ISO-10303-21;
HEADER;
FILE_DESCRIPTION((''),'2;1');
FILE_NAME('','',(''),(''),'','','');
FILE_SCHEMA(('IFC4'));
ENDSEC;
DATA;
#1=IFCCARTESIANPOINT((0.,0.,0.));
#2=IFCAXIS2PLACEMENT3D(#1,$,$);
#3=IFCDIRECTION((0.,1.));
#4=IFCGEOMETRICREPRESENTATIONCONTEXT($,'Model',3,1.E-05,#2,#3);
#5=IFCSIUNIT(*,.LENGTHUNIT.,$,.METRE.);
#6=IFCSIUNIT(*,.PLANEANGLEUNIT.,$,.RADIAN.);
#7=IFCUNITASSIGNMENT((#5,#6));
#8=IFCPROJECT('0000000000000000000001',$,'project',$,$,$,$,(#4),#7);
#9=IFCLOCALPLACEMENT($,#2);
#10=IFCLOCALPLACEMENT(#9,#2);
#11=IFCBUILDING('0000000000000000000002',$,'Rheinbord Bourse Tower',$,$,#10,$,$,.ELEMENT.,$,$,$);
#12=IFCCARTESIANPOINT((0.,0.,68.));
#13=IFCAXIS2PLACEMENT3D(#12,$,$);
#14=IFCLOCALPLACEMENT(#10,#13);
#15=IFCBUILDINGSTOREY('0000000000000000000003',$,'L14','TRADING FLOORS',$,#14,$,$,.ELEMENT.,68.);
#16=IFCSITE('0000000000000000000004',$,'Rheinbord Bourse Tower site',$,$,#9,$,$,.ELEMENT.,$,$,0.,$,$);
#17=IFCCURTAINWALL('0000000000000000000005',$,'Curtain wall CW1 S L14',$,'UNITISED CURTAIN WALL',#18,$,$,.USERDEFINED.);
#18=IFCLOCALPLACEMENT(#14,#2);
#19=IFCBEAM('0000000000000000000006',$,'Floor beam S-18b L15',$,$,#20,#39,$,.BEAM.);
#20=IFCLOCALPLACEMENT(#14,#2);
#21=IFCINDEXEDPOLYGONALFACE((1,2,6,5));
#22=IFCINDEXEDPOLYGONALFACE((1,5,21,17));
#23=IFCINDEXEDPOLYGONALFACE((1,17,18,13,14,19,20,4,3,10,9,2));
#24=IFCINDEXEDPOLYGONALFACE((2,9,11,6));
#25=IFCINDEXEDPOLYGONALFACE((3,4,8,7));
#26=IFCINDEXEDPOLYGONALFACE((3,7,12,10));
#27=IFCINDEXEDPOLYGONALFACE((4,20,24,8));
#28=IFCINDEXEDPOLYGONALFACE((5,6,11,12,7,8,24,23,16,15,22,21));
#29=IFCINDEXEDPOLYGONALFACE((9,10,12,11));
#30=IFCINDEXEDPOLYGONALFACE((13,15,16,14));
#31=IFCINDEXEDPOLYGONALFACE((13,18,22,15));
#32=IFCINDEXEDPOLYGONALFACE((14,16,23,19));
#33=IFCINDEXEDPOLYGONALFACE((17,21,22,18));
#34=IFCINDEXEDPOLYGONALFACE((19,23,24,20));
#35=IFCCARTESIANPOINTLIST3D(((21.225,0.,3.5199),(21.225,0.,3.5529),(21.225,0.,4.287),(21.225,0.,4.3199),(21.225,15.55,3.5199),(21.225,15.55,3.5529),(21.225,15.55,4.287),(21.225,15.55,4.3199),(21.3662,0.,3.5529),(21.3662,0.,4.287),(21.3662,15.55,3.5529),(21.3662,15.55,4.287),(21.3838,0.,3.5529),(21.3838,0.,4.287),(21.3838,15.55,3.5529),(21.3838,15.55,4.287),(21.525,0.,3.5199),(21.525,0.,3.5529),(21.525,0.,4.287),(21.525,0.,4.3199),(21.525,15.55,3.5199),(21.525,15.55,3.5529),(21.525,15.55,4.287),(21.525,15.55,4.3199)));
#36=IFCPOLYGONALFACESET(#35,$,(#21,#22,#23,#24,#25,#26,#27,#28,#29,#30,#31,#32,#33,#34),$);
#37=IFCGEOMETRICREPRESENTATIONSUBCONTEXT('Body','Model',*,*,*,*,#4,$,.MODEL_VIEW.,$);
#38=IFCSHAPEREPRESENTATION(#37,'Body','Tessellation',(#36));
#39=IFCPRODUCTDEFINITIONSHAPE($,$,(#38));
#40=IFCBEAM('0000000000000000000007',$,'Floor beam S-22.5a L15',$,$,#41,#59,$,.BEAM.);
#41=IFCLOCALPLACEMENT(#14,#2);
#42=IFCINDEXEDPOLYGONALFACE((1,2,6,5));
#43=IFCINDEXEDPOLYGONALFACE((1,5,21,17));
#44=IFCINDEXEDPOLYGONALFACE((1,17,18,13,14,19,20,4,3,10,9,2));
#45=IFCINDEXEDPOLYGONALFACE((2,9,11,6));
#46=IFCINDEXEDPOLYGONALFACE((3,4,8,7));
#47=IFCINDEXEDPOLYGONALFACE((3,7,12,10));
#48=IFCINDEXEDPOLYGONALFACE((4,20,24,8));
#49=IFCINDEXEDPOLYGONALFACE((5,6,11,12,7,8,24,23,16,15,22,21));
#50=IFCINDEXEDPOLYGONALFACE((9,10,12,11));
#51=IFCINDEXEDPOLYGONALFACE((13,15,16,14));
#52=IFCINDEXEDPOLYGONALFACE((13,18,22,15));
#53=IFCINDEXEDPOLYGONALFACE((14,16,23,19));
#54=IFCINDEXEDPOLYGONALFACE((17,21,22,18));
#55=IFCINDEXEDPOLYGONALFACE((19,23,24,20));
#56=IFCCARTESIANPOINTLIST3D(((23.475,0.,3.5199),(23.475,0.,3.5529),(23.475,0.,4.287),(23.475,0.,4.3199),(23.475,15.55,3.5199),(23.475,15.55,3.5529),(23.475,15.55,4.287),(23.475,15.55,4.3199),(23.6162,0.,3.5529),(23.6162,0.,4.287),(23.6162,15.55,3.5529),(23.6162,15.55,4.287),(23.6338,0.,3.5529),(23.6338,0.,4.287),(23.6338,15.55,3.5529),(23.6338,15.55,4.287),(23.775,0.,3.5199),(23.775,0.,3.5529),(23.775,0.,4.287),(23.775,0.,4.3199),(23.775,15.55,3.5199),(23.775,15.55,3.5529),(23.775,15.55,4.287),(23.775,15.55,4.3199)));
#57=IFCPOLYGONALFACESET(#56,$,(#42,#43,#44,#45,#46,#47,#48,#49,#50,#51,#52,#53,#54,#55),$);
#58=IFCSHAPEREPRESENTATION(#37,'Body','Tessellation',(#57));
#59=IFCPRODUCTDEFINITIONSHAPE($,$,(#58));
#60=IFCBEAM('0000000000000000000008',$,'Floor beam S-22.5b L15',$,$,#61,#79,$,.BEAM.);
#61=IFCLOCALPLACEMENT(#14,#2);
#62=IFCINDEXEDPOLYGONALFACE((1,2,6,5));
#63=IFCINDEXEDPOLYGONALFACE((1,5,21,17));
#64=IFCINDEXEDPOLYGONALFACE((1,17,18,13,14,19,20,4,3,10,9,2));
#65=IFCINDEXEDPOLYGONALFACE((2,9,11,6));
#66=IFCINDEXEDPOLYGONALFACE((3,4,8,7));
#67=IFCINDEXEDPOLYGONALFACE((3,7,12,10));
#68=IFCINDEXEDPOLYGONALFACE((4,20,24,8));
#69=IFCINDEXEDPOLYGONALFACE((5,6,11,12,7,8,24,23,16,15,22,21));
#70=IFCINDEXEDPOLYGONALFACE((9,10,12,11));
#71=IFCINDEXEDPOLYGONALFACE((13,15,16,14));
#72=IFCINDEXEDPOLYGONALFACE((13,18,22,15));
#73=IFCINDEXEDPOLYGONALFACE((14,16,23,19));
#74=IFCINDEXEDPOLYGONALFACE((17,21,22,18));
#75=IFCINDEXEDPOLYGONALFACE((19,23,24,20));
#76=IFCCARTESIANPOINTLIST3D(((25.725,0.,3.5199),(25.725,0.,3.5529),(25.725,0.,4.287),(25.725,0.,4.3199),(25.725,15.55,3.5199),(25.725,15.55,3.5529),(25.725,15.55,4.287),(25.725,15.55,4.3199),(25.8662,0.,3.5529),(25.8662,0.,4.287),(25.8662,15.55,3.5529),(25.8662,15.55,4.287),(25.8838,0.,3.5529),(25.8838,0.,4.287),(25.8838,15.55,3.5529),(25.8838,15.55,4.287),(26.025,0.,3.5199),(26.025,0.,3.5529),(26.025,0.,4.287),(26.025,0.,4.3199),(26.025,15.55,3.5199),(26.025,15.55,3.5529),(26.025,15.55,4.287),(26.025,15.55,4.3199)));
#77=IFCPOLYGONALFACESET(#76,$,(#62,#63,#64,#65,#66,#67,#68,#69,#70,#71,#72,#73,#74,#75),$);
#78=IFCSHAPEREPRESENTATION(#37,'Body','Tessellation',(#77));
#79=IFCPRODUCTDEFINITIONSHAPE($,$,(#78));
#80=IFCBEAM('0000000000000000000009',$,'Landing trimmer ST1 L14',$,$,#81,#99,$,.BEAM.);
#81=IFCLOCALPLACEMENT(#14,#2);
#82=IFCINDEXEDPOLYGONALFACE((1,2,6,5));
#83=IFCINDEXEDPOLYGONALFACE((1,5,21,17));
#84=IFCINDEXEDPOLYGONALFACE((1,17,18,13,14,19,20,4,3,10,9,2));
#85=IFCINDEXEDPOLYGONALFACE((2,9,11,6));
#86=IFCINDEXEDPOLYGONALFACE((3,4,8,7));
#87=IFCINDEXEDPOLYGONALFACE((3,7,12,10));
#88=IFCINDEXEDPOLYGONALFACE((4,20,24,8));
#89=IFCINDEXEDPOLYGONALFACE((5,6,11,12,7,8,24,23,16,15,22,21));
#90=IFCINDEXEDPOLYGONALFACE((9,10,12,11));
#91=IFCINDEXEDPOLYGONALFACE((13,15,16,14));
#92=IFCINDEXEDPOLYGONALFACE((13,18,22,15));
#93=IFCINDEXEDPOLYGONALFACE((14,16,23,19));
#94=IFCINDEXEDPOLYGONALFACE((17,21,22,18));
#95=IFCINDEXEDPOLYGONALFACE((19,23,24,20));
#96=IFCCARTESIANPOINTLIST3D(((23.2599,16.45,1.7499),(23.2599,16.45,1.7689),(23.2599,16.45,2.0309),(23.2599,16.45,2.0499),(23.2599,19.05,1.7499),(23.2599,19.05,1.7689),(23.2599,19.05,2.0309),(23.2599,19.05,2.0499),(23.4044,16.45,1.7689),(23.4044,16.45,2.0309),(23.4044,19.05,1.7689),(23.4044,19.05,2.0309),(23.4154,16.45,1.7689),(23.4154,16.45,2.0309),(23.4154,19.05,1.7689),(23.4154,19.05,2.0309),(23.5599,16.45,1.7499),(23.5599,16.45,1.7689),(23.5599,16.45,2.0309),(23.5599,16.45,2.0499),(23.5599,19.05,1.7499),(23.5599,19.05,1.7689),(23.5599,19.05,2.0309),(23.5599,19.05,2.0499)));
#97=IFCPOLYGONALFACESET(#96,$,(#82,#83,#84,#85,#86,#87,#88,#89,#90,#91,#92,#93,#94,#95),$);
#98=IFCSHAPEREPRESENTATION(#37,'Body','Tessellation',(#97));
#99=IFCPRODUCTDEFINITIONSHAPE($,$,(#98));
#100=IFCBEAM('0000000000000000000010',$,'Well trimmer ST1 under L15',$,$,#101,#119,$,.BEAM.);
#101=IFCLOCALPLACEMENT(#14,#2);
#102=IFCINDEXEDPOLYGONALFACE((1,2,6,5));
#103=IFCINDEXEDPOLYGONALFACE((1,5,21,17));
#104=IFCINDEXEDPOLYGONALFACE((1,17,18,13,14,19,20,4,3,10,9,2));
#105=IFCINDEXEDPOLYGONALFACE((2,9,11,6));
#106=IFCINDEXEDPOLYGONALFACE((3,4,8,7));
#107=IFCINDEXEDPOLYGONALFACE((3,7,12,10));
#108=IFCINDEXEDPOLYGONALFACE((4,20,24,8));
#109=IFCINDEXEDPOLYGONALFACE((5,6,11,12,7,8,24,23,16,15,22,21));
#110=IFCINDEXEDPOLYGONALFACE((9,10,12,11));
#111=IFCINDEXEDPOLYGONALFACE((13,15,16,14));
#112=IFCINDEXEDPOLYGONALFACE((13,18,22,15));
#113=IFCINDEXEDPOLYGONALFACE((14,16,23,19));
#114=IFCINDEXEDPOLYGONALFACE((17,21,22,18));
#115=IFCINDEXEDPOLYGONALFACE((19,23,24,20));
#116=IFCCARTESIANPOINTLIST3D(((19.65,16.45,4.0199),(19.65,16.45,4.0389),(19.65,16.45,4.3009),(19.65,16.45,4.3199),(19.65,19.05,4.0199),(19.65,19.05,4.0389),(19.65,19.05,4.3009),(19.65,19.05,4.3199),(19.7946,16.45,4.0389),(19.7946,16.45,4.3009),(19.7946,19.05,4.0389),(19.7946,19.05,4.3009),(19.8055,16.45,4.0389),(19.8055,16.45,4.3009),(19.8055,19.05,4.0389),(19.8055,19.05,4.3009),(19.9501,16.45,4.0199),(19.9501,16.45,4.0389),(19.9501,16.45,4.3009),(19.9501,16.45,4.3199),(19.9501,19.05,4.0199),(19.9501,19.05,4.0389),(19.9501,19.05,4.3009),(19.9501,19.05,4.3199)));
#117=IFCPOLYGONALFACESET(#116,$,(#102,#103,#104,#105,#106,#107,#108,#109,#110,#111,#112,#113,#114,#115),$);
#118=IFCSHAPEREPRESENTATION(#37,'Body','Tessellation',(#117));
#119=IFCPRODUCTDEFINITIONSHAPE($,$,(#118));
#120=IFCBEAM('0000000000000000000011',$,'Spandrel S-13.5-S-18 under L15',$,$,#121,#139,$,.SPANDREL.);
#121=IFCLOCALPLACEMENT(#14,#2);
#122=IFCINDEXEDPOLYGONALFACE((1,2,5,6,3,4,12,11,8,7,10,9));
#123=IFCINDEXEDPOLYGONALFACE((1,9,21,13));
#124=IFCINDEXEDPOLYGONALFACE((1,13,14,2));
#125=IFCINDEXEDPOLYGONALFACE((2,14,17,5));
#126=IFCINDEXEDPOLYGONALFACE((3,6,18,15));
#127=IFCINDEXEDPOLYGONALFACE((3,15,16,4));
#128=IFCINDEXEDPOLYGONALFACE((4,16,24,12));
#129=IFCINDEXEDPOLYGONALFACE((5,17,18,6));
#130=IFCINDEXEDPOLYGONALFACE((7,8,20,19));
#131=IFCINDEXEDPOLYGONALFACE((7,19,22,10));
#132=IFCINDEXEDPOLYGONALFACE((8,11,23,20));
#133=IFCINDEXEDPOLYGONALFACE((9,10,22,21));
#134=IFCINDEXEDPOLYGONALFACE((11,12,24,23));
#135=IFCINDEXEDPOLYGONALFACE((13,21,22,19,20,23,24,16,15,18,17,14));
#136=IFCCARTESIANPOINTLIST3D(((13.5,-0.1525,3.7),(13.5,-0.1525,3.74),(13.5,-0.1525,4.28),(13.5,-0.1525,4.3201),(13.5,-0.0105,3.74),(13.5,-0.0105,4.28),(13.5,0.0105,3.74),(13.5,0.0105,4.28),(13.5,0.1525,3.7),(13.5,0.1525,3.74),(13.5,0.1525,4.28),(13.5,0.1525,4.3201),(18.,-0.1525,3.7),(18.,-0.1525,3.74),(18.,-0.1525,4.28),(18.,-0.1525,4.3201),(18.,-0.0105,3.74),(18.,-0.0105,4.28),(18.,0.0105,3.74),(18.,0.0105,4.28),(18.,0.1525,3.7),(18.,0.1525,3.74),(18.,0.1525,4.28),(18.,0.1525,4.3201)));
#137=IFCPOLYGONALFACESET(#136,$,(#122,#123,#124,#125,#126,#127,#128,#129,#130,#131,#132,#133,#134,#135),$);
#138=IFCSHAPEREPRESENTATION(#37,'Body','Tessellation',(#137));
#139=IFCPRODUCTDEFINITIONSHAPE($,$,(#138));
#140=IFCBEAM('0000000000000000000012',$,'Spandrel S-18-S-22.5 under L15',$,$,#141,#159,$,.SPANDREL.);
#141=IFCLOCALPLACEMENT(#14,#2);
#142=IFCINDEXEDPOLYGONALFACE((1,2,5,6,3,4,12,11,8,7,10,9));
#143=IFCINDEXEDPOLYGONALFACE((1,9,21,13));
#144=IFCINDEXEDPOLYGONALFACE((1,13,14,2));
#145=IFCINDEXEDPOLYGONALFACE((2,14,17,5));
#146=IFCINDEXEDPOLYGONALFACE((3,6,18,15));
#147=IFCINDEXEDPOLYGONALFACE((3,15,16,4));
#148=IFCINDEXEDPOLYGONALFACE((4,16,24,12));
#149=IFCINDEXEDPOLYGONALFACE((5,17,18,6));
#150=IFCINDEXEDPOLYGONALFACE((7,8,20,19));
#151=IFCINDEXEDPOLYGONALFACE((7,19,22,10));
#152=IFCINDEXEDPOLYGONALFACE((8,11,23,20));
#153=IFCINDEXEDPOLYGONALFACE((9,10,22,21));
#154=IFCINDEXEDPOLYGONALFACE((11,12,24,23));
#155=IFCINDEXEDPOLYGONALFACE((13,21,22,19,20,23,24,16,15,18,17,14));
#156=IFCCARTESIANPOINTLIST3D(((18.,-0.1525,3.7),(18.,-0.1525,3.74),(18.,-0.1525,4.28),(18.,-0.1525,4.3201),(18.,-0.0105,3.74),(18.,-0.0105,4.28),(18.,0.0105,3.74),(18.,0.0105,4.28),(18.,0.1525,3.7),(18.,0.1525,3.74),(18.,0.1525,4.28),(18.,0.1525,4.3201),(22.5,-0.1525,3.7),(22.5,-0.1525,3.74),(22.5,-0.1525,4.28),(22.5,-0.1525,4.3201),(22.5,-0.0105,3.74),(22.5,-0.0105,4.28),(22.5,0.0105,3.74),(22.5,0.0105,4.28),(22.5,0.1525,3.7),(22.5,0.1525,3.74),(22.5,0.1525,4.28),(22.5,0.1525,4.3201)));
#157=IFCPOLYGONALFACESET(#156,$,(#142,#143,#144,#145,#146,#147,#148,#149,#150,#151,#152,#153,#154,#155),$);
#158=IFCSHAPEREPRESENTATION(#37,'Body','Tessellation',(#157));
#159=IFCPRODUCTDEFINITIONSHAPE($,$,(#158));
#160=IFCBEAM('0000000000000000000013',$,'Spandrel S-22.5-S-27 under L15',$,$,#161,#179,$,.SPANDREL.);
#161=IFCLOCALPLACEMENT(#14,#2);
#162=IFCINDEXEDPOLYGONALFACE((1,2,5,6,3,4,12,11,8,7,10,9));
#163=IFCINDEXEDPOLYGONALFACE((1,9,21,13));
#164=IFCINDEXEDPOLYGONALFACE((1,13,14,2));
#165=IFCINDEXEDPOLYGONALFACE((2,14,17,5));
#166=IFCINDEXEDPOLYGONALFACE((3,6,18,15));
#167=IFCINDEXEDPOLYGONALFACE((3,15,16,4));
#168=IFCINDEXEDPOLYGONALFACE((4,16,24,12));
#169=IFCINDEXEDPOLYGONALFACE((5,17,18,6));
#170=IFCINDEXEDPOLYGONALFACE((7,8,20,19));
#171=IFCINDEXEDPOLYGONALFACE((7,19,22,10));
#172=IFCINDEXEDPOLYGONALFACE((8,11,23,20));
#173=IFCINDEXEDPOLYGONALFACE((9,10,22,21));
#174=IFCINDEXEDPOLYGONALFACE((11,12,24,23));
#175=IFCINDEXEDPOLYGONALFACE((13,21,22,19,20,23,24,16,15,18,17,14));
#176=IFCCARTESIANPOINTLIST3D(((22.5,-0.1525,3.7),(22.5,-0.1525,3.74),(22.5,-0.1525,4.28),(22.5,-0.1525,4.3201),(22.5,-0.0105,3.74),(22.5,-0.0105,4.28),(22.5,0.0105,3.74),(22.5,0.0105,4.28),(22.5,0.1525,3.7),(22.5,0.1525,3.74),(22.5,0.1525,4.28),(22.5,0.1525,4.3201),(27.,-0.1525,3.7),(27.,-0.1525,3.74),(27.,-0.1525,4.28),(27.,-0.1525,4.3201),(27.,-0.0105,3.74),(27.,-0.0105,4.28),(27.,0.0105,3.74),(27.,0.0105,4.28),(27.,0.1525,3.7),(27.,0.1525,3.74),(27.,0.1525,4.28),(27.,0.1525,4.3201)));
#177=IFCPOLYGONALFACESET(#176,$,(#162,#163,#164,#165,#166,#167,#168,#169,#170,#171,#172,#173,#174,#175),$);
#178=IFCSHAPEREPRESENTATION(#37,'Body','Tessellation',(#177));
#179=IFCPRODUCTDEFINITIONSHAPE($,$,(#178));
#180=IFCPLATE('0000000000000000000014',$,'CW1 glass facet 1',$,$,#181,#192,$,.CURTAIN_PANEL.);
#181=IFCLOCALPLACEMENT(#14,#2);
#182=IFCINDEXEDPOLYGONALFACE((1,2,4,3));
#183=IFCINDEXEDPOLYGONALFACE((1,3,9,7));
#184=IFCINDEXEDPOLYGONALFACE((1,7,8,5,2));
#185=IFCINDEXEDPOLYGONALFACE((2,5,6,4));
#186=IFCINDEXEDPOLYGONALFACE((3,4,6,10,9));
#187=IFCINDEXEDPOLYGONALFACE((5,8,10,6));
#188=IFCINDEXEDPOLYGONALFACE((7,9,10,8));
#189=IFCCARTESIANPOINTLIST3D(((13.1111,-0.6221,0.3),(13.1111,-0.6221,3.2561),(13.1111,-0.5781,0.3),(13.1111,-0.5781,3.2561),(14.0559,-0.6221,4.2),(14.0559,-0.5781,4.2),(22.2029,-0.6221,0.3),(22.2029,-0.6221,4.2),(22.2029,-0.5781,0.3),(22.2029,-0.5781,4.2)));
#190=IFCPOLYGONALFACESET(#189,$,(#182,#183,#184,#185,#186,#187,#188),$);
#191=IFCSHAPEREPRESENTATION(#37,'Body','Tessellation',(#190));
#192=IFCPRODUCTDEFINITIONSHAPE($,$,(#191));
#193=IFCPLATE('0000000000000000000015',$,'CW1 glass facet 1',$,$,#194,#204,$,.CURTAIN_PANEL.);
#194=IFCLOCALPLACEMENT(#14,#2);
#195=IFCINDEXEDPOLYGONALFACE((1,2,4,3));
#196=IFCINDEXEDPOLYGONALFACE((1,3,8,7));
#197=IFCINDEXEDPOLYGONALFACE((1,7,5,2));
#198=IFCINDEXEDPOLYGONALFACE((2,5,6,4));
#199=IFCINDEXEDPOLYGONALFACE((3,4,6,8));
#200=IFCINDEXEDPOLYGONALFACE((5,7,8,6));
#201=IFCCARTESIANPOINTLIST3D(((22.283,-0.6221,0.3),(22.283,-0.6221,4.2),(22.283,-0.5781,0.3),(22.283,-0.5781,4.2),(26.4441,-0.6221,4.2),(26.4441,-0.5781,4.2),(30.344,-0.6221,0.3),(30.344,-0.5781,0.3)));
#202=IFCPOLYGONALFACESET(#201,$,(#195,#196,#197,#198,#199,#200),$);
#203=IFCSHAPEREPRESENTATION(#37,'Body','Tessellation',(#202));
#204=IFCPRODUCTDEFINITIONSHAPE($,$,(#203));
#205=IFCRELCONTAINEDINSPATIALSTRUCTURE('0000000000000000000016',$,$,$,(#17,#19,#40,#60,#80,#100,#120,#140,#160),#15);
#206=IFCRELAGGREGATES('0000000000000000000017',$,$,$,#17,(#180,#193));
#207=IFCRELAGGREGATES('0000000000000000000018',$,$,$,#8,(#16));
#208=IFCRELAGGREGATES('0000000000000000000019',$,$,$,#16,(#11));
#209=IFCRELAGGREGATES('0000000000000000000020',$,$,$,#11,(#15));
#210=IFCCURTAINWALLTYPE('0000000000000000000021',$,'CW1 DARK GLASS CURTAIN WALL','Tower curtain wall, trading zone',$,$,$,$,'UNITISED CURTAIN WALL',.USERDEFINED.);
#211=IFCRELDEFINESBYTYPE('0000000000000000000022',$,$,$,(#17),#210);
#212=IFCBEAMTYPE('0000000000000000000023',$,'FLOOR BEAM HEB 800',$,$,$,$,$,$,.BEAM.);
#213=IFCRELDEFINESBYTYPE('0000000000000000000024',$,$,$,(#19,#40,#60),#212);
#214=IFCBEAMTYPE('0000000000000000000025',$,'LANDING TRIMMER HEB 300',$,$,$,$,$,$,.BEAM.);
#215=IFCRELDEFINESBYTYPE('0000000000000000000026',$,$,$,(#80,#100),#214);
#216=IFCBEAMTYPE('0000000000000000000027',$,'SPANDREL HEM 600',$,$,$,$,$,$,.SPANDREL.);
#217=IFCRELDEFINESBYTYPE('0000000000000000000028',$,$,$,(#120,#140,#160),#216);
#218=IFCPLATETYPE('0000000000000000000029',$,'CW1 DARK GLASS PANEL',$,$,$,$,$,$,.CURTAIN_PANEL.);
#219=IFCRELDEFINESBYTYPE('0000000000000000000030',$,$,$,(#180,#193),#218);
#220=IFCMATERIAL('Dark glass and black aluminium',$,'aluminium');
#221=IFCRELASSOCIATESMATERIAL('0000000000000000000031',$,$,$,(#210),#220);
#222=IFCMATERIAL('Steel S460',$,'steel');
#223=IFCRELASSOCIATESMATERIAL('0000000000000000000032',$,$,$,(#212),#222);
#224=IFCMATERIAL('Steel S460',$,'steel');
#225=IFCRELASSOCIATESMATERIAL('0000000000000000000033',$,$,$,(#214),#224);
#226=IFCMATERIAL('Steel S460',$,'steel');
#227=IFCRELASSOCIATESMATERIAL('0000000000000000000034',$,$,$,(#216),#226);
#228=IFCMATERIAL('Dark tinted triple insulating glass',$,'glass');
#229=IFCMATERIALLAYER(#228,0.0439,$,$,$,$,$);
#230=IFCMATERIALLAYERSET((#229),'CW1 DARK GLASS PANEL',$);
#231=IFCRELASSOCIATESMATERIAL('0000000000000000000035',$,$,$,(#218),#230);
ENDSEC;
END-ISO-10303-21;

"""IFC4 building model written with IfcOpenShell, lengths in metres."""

from ifc_helpers import new_model, si_unit, direction, frame, origin, origin_2d, place, context, subcontext, project, spatial, polyline, i_section, outline, extrude, material, layer, layer_set, material_profile, profile_set, type_object, element, aggregate, save


model = new_model("IFC4")

# Units and contexts
model_context = context("Model", 3, precision=1e-05, world=origin(), true_north=direction((0.0, 1.0)))
body_context = subcontext(model_context, "Body", "Model", "MODEL_VIEW")
ifc_project = project(units=[si_unit("LENGTHUNIT", "METRE"), si_unit("PLANEANGLEUNIT", "RADIAN")], contexts=[model_context])

# Site, building, storey
site_placement = place(None, origin())
site = spatial("IfcSite", under=ifc_project, at=site_placement, Name="Rheinbord Bourse Tower site", CompositionType="ELEMENT", RefElevation=0.0)
building_placement = place(site_placement, origin())
building = spatial("IfcBuilding", under=site, at=building_placement, Name="Rheinbord Bourse Tower", CompositionType="ELEMENT")
storey_placement = place(building_placement, frame((0.0, 0.0, 68.0)))
storey = spatial("IfcBuildingStorey", under=building, at=storey_placement, Name="L14", Description="TRADING FLOORS", CompositionType="ELEMENT", Elevation=68.0)

# Curtain wall
ifc_material_1 = material(Name="Dark glass and black aluminium", Category="aluminium")
curtain_wall_type = type_object("IfcCurtainWallType", Name="CW1 DARK GLASS CURTAIN WALL", Description="Tower curtain wall, trading zone", ElementType="UNITISED CURTAIN WALL", PredefinedType="USERDEFINED", material=ifc_material_1)
curtain_wall_placement = place(storey_placement, origin())
curtain_wall = element("IfcCurtainWall", 1, at=curtain_wall_placement, inside=storey, type_object=curtain_wall_type, Name="Curtain wall CW1 S L14", ObjectType="UNITISED CURTAIN WALL", PredefinedType="USERDEFINED")

# Beams
ifc_material_2 = material(Name="Steel S460", Category="steel")
ifc_material_profile_1 = material_profile(ifc_material_2, i_section(OverallWidth=0.3, OverallDepth=0.8, WebThickness=0.0176, FlangeThickness=0.033, at=origin_2d()), Name="HEB 800")
ifc_profile_set_1 = profile_set([ifc_material_profile_1], Name="Steel S460")
beam_type_1 = type_object("IfcBeamType", Name="FLOOR BEAM HEB 800", PredefinedType="BEAM", material=ifc_profile_set_1)
for number, where, z_axis, x_axis, name in (
    (2, (21.375, 0.0, 3.9199), (0.0, 1.0, 0.0), (-1.0, 0.0, 0.0), "Floor beam S-18b L15"),
    (3, (23.625, 0.0, 3.9199), (0.0, 1.0, 0.0), (-1.0, 0.0, 0.0), "Floor beam S-22.5a L15"),
    (4, (25.875, 0.0, 3.9199), (0.0, 1.0, 0.0), (-1.0, 0.0, 0.0), "Floor beam S-22.5b L15"),
):
    element("IfcBeam", number, at=place(storey_placement, frame(where, z_axis=z_axis, x_axis=x_axis)), inside=storey, type_object=beam_type_1, Name=name, PredefinedType="BEAM", context=body_context, shape_type="SweptSolid", body=[
        extrude(i_section(OverallWidth=0.3, OverallDepth=0.8, WebThickness=0.0176, FlangeThickness=0.033, at=origin_2d()), origin(), (0.0, 0.0, 1.0), 15.55),
    ])
ifc_material_3 = material(Name="Steel S460", Category="steel")
ifc_material_profile_2 = material_profile(ifc_material_3, i_section(OverallWidth=0.3, OverallDepth=0.3, WebThickness=0.011, FlangeThickness=0.019, at=origin_2d()), Name="HEB 300")
ifc_profile_set_2 = profile_set([ifc_material_profile_2], Name="Steel S460")
beam_type_2 = type_object("IfcBeamType", Name="LANDING TRIMMER HEB 300", PredefinedType="BEAM", material=ifc_profile_set_2)
for number, where, z_axis, x_axis, name in (
    (5, (23.4099, 16.45, 1.8999), (0.0, 1.0, 0.0), (-1.0, 0.0, 0.0), "Landing trimmer ST1 L14"),
    (6, (19.8, 16.45, 4.1699), (0.0, 1.0, 0.0), (-1.0, 0.0, 0.0), "Well trimmer ST1 under L15"),
):
    element("IfcBeam", number, at=place(storey_placement, frame(where, z_axis=z_axis, x_axis=x_axis)), inside=storey, type_object=beam_type_2, Name=name, PredefinedType="BEAM", context=body_context, shape_type="SweptSolid", body=[
        extrude(i_section(OverallWidth=0.3, OverallDepth=0.3, WebThickness=0.011, FlangeThickness=0.019, at=origin_2d()), origin(), (0.0, 0.0, 1.0), 2.6001),
    ])
ifc_material_4 = material(Name="Steel S460", Category="steel")
ifc_material_profile_3 = material_profile(ifc_material_4, i_section(OverallWidth=0.3049, OverallDepth=0.6201, WebThickness=0.021, FlangeThickness=0.04, at=origin_2d()), Name="HEM 600")
ifc_profile_set_3 = profile_set([ifc_material_profile_3], Name="Steel S460")
beam_type_3 = type_object("IfcBeamType", Name="SPANDREL HEM 600", PredefinedType="SPANDREL", material=ifc_profile_set_3)
for number, where, z_axis, x_axis, name in (
    (7, (13.5, 0.0, 4.01), (1.0, 0.0, 0.0), (0.0, 1.0, 0.0), "Spandrel S-13.5-S-18 under L15"),
    (8, (18.0, 0.0, 4.01), (1.0, 0.0, 0.0), (0.0, 1.0, 0.0), "Spandrel S-18-S-22.5 under L15"),
    (9, (22.5, 0.0, 4.01), (1.0, 0.0, 0.0), (0.0, 1.0, 0.0), "Spandrel S-22.5-S-27 under L15"),
):
    element("IfcBeam", number, at=place(storey_placement, frame(where, z_axis=z_axis, x_axis=x_axis)), inside=storey, type_object=beam_type_3, Name=name, PredefinedType="SPANDREL", context=body_context, shape_type="SweptSolid", body=[
        extrude(i_section(OverallWidth=0.3049, OverallDepth=0.6201, WebThickness=0.021, FlangeThickness=0.04, at=origin_2d()), origin(), (0.0, 0.0, 1.0), 4.5),
    ])

# Plates
ifc_material_5 = material(Name="Dark tinted triple insulating glass", Category="glass")
ifc_layer_1 = layer(ifc_material_5, 0.0439)
ifc_layer_set_1 = layer_set([ifc_layer_1], Name="CW1 DARK GLASS PANEL")
plate_type = type_object("IfcPlateType", Name="CW1 DARK GLASS PANEL", PredefinedType="CURTAIN_PANEL", material=ifc_layer_set_1)
plate_1_placement = place(storey_placement, frame((22.2029, -0.6221, 4.2), z_axis=(0.0, 1.0, 0.0), x_axis=(0.0, 0.0, -1.0)))
plate_1 = element("IfcPlate", 10, at=plate_1_placement, type_object=plate_type, Name="CW1 glass facet 1", PredefinedType="CURTAIN_PANEL", context=body_context, shape_type="SweptSolid", body=[
    extrude(outline(polyline([(0.0, 0.0), (3.8999, 0.0), (3.8999, 9.0918), (0.9438, 9.0918), (0.0, 8.147), (0.0, 0.0)])), origin(), (0.0, 0.0, 1.0), 0.0439),
])
plate_2_placement = place(storey_placement, frame((22.283, -0.6221, 0.3), z_axis=(0.0, 1.0, 0.0), x_axis=(0.0, 0.0, 1.0)))
plate_2 = element("IfcPlate", 11, at=plate_2_placement, type_object=plate_type, Name="CW1 glass facet 1", PredefinedType="CURTAIN_PANEL", context=body_context, shape_type="SweptSolid", body=[
    extrude(outline(polyline([(0.0, 0.0), (3.8999, 0.0), (3.8999, 4.1611), (0.0, 8.061), (0.0, 0.0)])), origin(), (0.0, 0.0, 1.0), 0.0439),
])
aggregate(curtain_wall, [plate_1, plate_2])

save(model, "model.ifc")
